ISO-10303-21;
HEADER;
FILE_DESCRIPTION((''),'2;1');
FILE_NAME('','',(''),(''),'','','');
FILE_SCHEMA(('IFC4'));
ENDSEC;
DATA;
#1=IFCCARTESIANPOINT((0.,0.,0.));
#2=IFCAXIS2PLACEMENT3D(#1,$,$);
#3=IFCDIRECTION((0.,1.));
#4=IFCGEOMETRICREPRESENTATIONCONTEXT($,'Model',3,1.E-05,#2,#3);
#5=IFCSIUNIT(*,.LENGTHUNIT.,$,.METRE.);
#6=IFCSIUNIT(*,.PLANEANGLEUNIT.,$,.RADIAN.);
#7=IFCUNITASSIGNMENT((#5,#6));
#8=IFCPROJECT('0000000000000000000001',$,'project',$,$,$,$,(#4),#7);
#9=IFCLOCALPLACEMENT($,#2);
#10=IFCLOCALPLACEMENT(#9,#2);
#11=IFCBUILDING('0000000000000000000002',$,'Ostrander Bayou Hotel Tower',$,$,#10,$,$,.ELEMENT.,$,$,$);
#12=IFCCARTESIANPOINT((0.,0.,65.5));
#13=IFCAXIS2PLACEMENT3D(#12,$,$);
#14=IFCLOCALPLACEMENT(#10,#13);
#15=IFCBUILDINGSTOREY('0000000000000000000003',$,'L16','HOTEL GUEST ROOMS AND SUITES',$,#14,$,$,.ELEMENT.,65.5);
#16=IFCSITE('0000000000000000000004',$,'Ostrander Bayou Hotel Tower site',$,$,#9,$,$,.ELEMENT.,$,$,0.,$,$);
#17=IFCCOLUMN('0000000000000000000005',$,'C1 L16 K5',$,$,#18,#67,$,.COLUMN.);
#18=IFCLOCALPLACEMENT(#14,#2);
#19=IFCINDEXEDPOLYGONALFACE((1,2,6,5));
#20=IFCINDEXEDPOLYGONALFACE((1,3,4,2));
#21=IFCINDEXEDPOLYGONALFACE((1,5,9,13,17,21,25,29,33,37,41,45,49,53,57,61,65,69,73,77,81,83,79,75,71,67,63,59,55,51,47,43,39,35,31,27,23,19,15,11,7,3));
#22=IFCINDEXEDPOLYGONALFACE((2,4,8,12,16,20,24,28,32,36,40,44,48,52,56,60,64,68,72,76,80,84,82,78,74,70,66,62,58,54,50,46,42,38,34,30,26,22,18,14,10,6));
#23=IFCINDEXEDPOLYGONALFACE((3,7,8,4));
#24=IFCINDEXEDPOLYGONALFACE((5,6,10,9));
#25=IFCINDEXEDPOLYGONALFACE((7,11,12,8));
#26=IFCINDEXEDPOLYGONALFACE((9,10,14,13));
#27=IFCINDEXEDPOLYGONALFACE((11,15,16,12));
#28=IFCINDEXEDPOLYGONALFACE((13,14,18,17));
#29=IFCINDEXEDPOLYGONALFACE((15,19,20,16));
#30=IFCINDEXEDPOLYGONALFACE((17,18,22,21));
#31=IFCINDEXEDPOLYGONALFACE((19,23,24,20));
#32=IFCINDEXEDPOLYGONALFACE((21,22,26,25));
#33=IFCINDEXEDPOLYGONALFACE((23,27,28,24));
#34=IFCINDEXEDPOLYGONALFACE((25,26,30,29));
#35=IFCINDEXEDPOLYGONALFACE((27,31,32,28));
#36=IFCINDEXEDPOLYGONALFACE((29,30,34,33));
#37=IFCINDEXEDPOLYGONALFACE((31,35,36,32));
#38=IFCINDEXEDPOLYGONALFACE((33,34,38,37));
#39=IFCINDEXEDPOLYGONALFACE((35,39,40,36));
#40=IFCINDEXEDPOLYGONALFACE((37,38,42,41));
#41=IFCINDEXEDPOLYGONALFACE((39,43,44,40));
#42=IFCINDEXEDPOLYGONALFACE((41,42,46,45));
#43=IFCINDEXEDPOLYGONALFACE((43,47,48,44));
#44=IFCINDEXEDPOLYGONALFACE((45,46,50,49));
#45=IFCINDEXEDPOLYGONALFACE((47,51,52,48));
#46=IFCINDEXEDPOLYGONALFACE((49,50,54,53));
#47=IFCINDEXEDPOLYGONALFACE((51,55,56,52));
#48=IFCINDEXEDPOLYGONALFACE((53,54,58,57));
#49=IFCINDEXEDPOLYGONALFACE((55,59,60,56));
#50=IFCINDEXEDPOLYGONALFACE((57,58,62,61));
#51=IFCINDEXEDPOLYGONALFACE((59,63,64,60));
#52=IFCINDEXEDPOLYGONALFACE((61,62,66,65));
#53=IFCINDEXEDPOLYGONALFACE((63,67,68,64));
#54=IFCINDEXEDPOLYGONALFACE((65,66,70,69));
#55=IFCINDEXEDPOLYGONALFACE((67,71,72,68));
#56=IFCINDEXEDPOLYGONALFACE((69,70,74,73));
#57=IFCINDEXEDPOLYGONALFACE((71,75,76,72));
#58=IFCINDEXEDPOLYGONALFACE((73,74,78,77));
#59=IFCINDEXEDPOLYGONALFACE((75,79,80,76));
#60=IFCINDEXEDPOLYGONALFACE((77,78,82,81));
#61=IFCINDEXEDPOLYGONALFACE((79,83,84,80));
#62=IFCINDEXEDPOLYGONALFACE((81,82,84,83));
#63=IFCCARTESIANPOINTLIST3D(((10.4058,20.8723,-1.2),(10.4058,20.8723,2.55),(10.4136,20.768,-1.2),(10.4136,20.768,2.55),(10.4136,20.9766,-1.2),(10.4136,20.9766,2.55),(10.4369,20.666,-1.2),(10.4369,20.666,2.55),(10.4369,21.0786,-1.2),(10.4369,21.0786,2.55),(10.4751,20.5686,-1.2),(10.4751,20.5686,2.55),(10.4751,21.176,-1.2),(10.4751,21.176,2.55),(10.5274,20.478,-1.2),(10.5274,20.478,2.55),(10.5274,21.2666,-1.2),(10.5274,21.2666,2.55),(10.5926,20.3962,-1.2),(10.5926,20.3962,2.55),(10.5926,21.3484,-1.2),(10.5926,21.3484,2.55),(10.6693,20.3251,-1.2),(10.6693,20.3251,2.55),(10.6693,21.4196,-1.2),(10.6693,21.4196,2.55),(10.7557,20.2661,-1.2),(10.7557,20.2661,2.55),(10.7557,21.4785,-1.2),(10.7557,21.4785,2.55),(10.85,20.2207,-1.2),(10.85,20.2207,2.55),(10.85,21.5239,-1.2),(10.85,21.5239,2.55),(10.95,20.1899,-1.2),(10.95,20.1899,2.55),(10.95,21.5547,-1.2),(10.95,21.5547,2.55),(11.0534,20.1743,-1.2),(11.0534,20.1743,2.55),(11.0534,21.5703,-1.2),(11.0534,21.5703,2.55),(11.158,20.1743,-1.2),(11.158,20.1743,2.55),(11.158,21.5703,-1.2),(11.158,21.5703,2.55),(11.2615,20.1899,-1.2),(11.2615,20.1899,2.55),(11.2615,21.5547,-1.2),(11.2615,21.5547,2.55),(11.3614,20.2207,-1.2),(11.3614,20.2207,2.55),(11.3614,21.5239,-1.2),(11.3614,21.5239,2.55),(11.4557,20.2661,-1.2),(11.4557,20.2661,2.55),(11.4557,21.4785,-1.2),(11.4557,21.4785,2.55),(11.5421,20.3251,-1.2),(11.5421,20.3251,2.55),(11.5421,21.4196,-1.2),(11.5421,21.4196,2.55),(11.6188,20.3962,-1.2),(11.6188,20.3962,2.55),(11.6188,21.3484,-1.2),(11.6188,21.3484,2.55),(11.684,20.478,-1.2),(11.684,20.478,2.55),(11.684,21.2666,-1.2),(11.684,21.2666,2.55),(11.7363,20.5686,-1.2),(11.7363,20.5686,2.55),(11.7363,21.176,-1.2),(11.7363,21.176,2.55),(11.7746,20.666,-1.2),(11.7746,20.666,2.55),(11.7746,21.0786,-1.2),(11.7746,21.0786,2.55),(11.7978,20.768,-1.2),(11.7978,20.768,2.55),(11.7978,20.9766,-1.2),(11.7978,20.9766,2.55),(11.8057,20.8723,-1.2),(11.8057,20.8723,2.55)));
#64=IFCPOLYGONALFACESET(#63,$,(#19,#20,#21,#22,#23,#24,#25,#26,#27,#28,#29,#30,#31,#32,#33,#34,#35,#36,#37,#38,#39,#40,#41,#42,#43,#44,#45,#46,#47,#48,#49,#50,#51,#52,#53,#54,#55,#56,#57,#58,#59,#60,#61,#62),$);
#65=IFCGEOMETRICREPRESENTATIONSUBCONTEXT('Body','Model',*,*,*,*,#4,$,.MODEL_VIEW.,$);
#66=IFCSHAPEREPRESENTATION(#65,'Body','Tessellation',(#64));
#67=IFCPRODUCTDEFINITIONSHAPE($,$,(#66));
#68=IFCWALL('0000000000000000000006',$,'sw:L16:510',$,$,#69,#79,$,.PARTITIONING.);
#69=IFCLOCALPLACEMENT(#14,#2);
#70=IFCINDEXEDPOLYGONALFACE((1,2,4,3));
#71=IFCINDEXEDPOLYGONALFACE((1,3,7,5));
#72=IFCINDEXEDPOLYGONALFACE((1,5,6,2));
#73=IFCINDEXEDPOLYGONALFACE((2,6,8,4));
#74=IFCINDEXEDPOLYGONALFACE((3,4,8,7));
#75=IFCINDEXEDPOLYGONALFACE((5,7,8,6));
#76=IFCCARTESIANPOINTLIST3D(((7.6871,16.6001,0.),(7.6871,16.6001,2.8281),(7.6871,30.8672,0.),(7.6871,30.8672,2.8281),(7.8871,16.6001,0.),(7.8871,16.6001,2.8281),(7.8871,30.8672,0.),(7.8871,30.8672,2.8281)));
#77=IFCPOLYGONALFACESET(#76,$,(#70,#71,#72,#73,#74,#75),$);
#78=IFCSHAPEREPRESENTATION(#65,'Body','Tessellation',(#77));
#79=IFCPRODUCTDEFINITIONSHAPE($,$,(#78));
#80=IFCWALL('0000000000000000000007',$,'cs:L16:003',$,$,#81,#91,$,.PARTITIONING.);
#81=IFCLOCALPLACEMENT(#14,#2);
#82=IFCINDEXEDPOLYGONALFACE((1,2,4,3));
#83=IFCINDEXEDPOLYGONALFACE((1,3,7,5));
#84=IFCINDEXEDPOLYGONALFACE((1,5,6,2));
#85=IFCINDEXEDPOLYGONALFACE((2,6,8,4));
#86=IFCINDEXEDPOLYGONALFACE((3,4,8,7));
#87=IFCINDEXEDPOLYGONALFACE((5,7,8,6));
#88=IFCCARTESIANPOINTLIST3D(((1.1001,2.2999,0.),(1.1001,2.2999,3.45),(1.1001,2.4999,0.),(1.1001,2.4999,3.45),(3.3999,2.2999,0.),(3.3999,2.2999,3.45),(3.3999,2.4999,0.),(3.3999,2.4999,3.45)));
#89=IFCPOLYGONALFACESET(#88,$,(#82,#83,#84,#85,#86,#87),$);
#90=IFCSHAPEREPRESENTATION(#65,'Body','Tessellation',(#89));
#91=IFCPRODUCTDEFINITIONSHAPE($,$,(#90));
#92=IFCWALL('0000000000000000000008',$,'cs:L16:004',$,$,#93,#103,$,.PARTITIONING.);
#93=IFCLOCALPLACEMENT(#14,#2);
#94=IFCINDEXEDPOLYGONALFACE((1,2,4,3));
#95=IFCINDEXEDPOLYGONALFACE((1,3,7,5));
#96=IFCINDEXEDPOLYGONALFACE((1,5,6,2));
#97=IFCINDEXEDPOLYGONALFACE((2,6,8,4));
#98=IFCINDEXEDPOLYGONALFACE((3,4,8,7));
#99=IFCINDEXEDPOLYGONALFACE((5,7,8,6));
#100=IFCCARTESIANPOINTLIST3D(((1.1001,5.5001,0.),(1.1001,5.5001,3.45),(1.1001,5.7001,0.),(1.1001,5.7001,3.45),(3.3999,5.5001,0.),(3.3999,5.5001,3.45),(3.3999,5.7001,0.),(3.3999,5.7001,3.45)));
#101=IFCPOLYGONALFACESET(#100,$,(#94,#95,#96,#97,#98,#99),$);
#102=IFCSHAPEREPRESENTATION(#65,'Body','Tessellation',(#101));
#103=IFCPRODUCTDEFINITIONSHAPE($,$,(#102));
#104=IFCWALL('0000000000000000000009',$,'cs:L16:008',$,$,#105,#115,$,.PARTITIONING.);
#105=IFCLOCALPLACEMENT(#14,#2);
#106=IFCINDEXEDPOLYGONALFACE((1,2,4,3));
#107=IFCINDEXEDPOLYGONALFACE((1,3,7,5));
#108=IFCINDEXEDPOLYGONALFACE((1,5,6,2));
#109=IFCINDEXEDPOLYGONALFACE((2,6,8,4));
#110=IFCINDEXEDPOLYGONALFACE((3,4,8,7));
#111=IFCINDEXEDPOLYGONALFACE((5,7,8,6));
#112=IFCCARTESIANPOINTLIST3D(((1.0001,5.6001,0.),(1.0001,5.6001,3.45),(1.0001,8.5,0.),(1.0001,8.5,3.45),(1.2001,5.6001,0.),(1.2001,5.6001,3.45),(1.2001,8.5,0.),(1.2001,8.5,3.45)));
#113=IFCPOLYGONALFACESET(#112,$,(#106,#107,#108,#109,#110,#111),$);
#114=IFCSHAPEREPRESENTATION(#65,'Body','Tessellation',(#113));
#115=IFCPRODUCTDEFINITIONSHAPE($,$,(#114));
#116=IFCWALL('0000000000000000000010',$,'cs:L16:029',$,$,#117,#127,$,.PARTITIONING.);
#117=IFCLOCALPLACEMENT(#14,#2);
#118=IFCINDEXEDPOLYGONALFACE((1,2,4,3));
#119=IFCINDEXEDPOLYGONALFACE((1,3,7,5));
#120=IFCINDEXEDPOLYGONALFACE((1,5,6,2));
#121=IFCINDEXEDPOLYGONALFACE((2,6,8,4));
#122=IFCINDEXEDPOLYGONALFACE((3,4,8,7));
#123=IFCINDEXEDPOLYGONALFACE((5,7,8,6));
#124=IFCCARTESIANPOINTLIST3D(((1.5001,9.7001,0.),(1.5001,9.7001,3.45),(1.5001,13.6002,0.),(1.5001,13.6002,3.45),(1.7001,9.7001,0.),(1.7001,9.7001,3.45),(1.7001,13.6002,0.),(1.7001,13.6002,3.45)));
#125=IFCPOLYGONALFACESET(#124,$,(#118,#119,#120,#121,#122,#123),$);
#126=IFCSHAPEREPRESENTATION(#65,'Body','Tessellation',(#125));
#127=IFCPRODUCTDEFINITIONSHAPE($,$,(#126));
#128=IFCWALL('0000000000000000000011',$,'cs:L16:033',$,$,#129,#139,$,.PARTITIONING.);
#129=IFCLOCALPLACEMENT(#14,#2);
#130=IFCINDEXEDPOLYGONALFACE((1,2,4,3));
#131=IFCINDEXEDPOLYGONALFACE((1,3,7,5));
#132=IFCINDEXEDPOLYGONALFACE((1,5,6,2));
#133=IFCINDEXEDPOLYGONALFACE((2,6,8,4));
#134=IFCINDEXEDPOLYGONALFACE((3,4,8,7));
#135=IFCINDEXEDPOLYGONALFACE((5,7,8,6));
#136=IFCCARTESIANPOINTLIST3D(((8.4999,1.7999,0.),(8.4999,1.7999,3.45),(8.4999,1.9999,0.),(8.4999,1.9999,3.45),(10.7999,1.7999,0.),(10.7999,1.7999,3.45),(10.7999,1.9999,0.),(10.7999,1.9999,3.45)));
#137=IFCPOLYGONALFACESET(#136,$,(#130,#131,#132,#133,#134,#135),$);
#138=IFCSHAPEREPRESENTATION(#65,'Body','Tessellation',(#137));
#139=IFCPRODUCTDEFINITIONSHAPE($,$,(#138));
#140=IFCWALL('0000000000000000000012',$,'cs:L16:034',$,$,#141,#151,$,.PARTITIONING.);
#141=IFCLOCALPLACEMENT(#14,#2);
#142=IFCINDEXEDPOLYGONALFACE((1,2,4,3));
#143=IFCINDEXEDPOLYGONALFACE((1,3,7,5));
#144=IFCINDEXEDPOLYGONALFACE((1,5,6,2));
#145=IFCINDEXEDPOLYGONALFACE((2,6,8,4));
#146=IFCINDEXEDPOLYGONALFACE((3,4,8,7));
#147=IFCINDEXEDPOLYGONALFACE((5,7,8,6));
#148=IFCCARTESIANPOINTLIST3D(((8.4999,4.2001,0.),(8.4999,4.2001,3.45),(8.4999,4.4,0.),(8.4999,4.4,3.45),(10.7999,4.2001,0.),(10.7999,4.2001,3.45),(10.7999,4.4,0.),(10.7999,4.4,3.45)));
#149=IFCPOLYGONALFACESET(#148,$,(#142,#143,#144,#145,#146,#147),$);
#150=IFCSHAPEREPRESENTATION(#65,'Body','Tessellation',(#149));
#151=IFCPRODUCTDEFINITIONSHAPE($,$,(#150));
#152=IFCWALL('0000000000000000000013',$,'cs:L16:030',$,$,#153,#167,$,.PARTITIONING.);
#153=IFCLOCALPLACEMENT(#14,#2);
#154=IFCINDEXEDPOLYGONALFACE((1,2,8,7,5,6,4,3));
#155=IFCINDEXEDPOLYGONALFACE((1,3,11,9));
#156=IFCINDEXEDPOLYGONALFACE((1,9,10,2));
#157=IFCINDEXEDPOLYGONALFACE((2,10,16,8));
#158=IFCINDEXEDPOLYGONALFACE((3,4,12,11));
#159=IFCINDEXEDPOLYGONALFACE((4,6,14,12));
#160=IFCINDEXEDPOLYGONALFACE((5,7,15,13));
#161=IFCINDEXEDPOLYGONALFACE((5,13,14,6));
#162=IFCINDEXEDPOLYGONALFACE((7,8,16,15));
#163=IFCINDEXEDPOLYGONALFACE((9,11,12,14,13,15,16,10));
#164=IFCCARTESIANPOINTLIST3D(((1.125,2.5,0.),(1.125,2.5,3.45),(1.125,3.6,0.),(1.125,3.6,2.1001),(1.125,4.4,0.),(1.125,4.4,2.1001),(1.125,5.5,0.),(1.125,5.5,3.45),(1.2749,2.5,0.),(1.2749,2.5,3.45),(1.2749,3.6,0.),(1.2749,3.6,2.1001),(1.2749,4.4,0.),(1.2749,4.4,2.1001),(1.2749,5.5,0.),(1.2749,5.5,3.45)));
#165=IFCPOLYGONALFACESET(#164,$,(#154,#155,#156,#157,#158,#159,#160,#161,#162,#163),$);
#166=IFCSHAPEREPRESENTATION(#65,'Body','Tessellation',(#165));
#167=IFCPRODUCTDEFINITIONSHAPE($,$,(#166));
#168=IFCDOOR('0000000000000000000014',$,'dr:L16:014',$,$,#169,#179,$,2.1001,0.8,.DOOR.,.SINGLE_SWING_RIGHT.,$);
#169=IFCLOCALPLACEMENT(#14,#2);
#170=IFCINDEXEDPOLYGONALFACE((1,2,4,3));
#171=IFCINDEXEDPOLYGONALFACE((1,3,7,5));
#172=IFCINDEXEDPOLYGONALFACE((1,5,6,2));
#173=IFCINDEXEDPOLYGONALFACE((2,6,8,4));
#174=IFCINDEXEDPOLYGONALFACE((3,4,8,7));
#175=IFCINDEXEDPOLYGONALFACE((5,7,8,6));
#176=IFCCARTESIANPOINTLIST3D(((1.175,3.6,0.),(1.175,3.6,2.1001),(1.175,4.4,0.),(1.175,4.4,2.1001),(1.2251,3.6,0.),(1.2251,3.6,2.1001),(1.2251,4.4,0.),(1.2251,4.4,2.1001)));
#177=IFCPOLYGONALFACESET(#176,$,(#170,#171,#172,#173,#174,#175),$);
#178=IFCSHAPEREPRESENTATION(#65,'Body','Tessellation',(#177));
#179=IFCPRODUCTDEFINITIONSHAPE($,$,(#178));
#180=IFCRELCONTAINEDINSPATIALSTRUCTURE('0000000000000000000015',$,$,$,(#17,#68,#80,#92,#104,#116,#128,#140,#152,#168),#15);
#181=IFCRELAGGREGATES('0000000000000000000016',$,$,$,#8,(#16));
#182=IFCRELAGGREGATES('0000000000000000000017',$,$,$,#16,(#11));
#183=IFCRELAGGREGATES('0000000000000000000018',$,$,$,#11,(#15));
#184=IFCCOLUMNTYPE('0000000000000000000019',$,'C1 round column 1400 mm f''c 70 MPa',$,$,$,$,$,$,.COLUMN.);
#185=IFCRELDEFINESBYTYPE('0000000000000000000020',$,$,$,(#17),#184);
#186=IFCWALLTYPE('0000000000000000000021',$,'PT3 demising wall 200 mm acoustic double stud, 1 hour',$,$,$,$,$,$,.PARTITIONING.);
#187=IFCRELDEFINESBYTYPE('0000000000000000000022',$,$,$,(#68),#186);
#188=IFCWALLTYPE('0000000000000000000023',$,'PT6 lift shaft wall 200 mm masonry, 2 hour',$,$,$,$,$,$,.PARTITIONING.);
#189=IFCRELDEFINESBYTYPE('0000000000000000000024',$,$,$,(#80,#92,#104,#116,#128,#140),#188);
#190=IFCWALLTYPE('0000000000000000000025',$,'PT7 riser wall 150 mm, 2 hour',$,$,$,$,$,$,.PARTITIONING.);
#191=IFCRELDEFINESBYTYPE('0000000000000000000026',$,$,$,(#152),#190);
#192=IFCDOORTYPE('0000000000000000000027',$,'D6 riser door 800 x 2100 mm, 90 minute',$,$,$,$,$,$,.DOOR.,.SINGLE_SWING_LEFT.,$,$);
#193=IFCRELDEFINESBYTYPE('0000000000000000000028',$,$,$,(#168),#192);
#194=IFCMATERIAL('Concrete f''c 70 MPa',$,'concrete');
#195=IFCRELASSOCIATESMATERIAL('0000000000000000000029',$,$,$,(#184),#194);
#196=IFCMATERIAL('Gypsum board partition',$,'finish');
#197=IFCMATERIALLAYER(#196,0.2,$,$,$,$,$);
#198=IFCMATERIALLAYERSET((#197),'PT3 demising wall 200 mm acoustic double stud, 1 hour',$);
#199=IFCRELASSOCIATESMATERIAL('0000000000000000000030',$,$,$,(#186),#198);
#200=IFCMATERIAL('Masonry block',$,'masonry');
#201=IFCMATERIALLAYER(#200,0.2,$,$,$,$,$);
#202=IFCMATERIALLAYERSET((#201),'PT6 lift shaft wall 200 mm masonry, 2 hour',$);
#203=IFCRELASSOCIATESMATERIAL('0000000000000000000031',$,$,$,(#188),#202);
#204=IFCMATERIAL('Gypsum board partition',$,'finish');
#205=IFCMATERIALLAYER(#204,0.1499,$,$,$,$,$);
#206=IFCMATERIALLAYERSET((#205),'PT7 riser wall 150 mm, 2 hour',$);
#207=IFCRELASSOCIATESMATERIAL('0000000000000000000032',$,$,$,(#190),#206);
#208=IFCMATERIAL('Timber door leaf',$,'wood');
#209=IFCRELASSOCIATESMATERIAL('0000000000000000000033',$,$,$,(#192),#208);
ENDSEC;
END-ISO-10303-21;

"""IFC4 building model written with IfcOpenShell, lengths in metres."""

from ifc_helpers import new_model, si_unit, direction, frame, frame_2d, origin, origin_2d, place, context, subcontext, project, spatial, rectangle, circle, extrude, material, layer, layer_set, material_profile, profile_set, type_object, element, fill, save


model = new_model("IFC4")

# Units and contexts
model_context = context("Model", 3, precision=1e-05, world=origin(), true_north=direction((0.0, 1.0)))
body_context = subcontext(model_context, "Body", "Model", "MODEL_VIEW")
ifc_project = project(units=[si_unit("LENGTHUNIT", "METRE"), si_unit("PLANEANGLEUNIT", "RADIAN")], contexts=[model_context])

# Site, building, storey
site_placement = place(None, origin())
site = spatial("IfcSite", under=ifc_project, at=site_placement, Name="Ostrander Bayou Hotel Tower site", CompositionType="ELEMENT", RefElevation=0.0)
building_placement = place(site_placement, origin())
building = spatial("IfcBuilding", under=site, at=building_placement, Name="Ostrander Bayou Hotel Tower", CompositionType="ELEMENT")
storey_placement = place(building_placement, frame((0.0, 0.0, 65.5)))
storey = spatial("IfcBuildingStorey", under=building, at=storey_placement, Name="L16", Description="HOTEL GUEST ROOMS AND SUITES", CompositionType="ELEMENT", Elevation=65.5)

# Column
ifc_material_1 = material(Name="Concrete f'c 70 MPa", Category="concrete")
ifc_material_profile = material_profile(ifc_material_1, circle(Radius=0.7, at=origin_2d()))
ifc_profile_set = profile_set([ifc_material_profile], Name="Concrete f'c 70 MPa")
column_type = type_object("IfcColumnType", Name="C1 round column 1400 mm f'c 70 MPa", PredefinedType="COLUMN", material=ifc_profile_set)
column_placement = place(storey_placement, frame((11.1057, 20.8723, -1.2), z_axis=(0.0, 0.0, 1.0), x_axis=(1.0, 0.0, 0.0)))
element("IfcColumn", 1, at=column_placement, inside=storey, type_object=column_type, Name="C1 L16 K5", PredefinedType="COLUMN", context=body_context, shape_type="SweptSolid", body=[
    extrude(circle(Radius=0.7, at=origin_2d()), origin(), (0.0, 0.0, 1.0), 3.75),
])

# Wall
ifc_material_2 = material(Name="Gypsum board partition", Category="finish")
ifc_layer_1 = layer(ifc_material_2, 0.2)
ifc_layer_set_1 = layer_set([ifc_layer_1], Name="PT3 demising wall 200 mm acoustic double stud, 1 hour")
wall_type_1 = type_object("IfcWallType", Name="PT3 demising wall 200 mm acoustic double stud, 1 hour", PredefinedType="PARTITIONING", material=ifc_layer_set_1)
wall_1_placement = place(storey_placement, frame((7.7871, 16.6001, 0.0), z_axis=(0.0, 0.0, 1.0), x_axis=(0.0, 1.0, 0.0)))
element("IfcWall", 2, at=wall_1_placement, inside=storey, type_object=wall_type_1, Name="sw:L16:510", PredefinedType="PARTITIONING", context=body_context, shape_type="SweptSolid", body=[
    extrude(rectangle(XDim=14.2671, YDim=0.2, at=frame_2d((7.1335, 0.0))), origin(), (0.0, 0.0, 1.0), 2.8281),
])

# Walls
ifc_material_3 = material(Name="Masonry block", Category="masonry")
ifc_layer_2 = layer(ifc_material_3, 0.2)
ifc_layer_set_2 = layer_set([ifc_layer_2], Name="PT6 lift shaft wall 200 mm masonry, 2 hour")
wall_type_2 = type_object("IfcWallType", Name="PT6 lift shaft wall 200 mm masonry, 2 hour", PredefinedType="PARTITIONING", material=ifc_layer_set_2)
for number, where, z_axis, x_axis, name in (
    (3, (1.1001, 2.3999, 0.0), (0.0, 0.0, 1.0), (1.0, 0.0, 0.0), "cs:L16:003"),
    (4, (1.1001, 5.6001, 0.0), (0.0, 0.0, 1.0), (1.0, 0.0, 0.0), "cs:L16:004"),
):
    element("IfcWall", number, at=place(storey_placement, frame(where, z_axis=z_axis, x_axis=x_axis)), inside=storey, type_object=wall_type_2, Name=name, PredefinedType="PARTITIONING", context=body_context, shape_type="SweptSolid", body=[
        extrude(rectangle(XDim=2.2998, YDim=0.2, at=frame_2d((1.1499, 0.0))), origin(), (0.0, 0.0, 1.0), 3.45),
    ])
wall_2_placement = place(storey_placement, frame((1.1001, 5.6001, 0.0), z_axis=(0.0, 0.0, 1.0), x_axis=(0.0, 1.0, 0.0)))
element("IfcWall", 5, at=wall_2_placement, inside=storey, type_object=wall_type_2, Name="cs:L16:008", PredefinedType="PARTITIONING", context=body_context, shape_type="SweptSolid", body=[
    extrude(rectangle(XDim=2.8999, YDim=0.2, at=frame_2d((1.45, 0.0))), origin(), (0.0, 0.0, 1.0), 3.45),
])
wall_3_placement = place(storey_placement, frame((1.6001, 9.7, 0.0), z_axis=(0.0, 0.0, 1.0), x_axis=(0.0, 1.0, 0.0)))
element("IfcWall", 6, at=wall_3_placement, inside=storey, type_object=wall_type_2, Name="cs:L16:029", PredefinedType="PARTITIONING", context=body_context, shape_type="SweptSolid", body=[
    extrude(rectangle(XDim=3.9001, YDim=0.2, at=frame_2d((1.9502, 0.0))), origin(), (0.0, 0.0, 1.0), 3.45),
])
for number, where, z_axis, x_axis, name in (
    (7, (8.5, 1.8999, 0.0), (0.0, 0.0, 1.0), (1.0, 0.0, 0.0), "cs:L16:033"),
    (8, (8.5, 4.3, 0.0), (0.0, 0.0, 1.0), (1.0, 0.0, 0.0), "cs:L16:034"),
):
    element("IfcWall", number, at=place(storey_placement, frame(where, z_axis=z_axis, x_axis=x_axis)), inside=storey, type_object=wall_type_2, Name=name, PredefinedType="PARTITIONING", context=body_context, shape_type="SweptSolid", body=[
        extrude(rectangle(XDim=2.3, YDim=0.2, at=frame_2d((1.1499, 0.0))), origin(), (0.0, 0.0, 1.0), 3.45),
    ])

# Wall, opening, door
ifc_material_4 = material(Name="Gypsum board partition", Category="finish")
ifc_layer_3 = layer(ifc_material_4, 0.1499)
ifc_layer_set_3 = layer_set([ifc_layer_3], Name="PT7 riser wall 150 mm, 2 hour")
wall_type_3 = type_object("IfcWallType", Name="PT7 riser wall 150 mm, 2 hour", PredefinedType="PARTITIONING", material=ifc_layer_set_3)
wall_4_placement = place(storey_placement, frame((1.2, 2.5, 0.0), z_axis=(0.0, 0.0, 1.0), x_axis=(0.0, 1.0, 0.0)))
wall_4 = element("IfcWall", 9, at=wall_4_placement, inside=storey, type_object=wall_type_3, Name="cs:L16:030", PredefinedType="PARTITIONING", context=body_context, shape_type="SweptSolid", body=[
    extrude(rectangle(XDim=3.0, YDim=0.1499, at=frame_2d((1.5, 0.0))), origin(), (0.0, 0.0, 1.0), 3.45),
])
opening_1_placement = place(wall_4_placement, frame((1.1001, 0.0, 0.0)))
opening_1 = element("IfcOpeningElement", 10, at=opening_1_placement, cuts=wall_4, PredefinedType="OPENING", context=body_context, shape_type="SweptSolid", body=[
    extrude(rectangle(XDim=0.8, YDim=2.1001, at=frame_2d((0.3999, 1.05))), frame((0.0, 0.075, 0.0), z_axis=(0.0, -1.0, 0.0), x_axis=(1.0, 0.0, 0.0)), (0.0, 0.0, 1.0), 0.1499),
])
ifc_material_5 = material(Name="Timber door leaf", Category="wood")
door_type_1 = type_object("IfcDoorType", Name="D6 riser door 800 x 2100 mm, 90 minute", OperationType="SINGLE_SWING_LEFT", PredefinedType="DOOR", material=ifc_material_5)
door_1_placement = place(opening_1_placement, origin())
door_1 = element("IfcDoor", 11, at=door_1_placement, inside=storey, type_object=door_type_1, Name="dr:L16:014", OperationType="SINGLE_SWING_RIGHT", OverallHeight=2.1001, OverallWidth=0.8, PredefinedType="DOOR", context=body_context, shape_type="SweptSolid", body=[
    extrude(rectangle(XDim=0.8, YDim=2.1001, at=frame_2d((0.3999, 1.05))), frame((0.0, 0.0249, 0.0), z_axis=(0.0, -1.0, 0.0), x_axis=(1.0, 0.0, 0.0)), (0.0, 0.0, 1.0), 0.05),
])
fill(opening_1, door_1)

save(model, "model.ifc")
